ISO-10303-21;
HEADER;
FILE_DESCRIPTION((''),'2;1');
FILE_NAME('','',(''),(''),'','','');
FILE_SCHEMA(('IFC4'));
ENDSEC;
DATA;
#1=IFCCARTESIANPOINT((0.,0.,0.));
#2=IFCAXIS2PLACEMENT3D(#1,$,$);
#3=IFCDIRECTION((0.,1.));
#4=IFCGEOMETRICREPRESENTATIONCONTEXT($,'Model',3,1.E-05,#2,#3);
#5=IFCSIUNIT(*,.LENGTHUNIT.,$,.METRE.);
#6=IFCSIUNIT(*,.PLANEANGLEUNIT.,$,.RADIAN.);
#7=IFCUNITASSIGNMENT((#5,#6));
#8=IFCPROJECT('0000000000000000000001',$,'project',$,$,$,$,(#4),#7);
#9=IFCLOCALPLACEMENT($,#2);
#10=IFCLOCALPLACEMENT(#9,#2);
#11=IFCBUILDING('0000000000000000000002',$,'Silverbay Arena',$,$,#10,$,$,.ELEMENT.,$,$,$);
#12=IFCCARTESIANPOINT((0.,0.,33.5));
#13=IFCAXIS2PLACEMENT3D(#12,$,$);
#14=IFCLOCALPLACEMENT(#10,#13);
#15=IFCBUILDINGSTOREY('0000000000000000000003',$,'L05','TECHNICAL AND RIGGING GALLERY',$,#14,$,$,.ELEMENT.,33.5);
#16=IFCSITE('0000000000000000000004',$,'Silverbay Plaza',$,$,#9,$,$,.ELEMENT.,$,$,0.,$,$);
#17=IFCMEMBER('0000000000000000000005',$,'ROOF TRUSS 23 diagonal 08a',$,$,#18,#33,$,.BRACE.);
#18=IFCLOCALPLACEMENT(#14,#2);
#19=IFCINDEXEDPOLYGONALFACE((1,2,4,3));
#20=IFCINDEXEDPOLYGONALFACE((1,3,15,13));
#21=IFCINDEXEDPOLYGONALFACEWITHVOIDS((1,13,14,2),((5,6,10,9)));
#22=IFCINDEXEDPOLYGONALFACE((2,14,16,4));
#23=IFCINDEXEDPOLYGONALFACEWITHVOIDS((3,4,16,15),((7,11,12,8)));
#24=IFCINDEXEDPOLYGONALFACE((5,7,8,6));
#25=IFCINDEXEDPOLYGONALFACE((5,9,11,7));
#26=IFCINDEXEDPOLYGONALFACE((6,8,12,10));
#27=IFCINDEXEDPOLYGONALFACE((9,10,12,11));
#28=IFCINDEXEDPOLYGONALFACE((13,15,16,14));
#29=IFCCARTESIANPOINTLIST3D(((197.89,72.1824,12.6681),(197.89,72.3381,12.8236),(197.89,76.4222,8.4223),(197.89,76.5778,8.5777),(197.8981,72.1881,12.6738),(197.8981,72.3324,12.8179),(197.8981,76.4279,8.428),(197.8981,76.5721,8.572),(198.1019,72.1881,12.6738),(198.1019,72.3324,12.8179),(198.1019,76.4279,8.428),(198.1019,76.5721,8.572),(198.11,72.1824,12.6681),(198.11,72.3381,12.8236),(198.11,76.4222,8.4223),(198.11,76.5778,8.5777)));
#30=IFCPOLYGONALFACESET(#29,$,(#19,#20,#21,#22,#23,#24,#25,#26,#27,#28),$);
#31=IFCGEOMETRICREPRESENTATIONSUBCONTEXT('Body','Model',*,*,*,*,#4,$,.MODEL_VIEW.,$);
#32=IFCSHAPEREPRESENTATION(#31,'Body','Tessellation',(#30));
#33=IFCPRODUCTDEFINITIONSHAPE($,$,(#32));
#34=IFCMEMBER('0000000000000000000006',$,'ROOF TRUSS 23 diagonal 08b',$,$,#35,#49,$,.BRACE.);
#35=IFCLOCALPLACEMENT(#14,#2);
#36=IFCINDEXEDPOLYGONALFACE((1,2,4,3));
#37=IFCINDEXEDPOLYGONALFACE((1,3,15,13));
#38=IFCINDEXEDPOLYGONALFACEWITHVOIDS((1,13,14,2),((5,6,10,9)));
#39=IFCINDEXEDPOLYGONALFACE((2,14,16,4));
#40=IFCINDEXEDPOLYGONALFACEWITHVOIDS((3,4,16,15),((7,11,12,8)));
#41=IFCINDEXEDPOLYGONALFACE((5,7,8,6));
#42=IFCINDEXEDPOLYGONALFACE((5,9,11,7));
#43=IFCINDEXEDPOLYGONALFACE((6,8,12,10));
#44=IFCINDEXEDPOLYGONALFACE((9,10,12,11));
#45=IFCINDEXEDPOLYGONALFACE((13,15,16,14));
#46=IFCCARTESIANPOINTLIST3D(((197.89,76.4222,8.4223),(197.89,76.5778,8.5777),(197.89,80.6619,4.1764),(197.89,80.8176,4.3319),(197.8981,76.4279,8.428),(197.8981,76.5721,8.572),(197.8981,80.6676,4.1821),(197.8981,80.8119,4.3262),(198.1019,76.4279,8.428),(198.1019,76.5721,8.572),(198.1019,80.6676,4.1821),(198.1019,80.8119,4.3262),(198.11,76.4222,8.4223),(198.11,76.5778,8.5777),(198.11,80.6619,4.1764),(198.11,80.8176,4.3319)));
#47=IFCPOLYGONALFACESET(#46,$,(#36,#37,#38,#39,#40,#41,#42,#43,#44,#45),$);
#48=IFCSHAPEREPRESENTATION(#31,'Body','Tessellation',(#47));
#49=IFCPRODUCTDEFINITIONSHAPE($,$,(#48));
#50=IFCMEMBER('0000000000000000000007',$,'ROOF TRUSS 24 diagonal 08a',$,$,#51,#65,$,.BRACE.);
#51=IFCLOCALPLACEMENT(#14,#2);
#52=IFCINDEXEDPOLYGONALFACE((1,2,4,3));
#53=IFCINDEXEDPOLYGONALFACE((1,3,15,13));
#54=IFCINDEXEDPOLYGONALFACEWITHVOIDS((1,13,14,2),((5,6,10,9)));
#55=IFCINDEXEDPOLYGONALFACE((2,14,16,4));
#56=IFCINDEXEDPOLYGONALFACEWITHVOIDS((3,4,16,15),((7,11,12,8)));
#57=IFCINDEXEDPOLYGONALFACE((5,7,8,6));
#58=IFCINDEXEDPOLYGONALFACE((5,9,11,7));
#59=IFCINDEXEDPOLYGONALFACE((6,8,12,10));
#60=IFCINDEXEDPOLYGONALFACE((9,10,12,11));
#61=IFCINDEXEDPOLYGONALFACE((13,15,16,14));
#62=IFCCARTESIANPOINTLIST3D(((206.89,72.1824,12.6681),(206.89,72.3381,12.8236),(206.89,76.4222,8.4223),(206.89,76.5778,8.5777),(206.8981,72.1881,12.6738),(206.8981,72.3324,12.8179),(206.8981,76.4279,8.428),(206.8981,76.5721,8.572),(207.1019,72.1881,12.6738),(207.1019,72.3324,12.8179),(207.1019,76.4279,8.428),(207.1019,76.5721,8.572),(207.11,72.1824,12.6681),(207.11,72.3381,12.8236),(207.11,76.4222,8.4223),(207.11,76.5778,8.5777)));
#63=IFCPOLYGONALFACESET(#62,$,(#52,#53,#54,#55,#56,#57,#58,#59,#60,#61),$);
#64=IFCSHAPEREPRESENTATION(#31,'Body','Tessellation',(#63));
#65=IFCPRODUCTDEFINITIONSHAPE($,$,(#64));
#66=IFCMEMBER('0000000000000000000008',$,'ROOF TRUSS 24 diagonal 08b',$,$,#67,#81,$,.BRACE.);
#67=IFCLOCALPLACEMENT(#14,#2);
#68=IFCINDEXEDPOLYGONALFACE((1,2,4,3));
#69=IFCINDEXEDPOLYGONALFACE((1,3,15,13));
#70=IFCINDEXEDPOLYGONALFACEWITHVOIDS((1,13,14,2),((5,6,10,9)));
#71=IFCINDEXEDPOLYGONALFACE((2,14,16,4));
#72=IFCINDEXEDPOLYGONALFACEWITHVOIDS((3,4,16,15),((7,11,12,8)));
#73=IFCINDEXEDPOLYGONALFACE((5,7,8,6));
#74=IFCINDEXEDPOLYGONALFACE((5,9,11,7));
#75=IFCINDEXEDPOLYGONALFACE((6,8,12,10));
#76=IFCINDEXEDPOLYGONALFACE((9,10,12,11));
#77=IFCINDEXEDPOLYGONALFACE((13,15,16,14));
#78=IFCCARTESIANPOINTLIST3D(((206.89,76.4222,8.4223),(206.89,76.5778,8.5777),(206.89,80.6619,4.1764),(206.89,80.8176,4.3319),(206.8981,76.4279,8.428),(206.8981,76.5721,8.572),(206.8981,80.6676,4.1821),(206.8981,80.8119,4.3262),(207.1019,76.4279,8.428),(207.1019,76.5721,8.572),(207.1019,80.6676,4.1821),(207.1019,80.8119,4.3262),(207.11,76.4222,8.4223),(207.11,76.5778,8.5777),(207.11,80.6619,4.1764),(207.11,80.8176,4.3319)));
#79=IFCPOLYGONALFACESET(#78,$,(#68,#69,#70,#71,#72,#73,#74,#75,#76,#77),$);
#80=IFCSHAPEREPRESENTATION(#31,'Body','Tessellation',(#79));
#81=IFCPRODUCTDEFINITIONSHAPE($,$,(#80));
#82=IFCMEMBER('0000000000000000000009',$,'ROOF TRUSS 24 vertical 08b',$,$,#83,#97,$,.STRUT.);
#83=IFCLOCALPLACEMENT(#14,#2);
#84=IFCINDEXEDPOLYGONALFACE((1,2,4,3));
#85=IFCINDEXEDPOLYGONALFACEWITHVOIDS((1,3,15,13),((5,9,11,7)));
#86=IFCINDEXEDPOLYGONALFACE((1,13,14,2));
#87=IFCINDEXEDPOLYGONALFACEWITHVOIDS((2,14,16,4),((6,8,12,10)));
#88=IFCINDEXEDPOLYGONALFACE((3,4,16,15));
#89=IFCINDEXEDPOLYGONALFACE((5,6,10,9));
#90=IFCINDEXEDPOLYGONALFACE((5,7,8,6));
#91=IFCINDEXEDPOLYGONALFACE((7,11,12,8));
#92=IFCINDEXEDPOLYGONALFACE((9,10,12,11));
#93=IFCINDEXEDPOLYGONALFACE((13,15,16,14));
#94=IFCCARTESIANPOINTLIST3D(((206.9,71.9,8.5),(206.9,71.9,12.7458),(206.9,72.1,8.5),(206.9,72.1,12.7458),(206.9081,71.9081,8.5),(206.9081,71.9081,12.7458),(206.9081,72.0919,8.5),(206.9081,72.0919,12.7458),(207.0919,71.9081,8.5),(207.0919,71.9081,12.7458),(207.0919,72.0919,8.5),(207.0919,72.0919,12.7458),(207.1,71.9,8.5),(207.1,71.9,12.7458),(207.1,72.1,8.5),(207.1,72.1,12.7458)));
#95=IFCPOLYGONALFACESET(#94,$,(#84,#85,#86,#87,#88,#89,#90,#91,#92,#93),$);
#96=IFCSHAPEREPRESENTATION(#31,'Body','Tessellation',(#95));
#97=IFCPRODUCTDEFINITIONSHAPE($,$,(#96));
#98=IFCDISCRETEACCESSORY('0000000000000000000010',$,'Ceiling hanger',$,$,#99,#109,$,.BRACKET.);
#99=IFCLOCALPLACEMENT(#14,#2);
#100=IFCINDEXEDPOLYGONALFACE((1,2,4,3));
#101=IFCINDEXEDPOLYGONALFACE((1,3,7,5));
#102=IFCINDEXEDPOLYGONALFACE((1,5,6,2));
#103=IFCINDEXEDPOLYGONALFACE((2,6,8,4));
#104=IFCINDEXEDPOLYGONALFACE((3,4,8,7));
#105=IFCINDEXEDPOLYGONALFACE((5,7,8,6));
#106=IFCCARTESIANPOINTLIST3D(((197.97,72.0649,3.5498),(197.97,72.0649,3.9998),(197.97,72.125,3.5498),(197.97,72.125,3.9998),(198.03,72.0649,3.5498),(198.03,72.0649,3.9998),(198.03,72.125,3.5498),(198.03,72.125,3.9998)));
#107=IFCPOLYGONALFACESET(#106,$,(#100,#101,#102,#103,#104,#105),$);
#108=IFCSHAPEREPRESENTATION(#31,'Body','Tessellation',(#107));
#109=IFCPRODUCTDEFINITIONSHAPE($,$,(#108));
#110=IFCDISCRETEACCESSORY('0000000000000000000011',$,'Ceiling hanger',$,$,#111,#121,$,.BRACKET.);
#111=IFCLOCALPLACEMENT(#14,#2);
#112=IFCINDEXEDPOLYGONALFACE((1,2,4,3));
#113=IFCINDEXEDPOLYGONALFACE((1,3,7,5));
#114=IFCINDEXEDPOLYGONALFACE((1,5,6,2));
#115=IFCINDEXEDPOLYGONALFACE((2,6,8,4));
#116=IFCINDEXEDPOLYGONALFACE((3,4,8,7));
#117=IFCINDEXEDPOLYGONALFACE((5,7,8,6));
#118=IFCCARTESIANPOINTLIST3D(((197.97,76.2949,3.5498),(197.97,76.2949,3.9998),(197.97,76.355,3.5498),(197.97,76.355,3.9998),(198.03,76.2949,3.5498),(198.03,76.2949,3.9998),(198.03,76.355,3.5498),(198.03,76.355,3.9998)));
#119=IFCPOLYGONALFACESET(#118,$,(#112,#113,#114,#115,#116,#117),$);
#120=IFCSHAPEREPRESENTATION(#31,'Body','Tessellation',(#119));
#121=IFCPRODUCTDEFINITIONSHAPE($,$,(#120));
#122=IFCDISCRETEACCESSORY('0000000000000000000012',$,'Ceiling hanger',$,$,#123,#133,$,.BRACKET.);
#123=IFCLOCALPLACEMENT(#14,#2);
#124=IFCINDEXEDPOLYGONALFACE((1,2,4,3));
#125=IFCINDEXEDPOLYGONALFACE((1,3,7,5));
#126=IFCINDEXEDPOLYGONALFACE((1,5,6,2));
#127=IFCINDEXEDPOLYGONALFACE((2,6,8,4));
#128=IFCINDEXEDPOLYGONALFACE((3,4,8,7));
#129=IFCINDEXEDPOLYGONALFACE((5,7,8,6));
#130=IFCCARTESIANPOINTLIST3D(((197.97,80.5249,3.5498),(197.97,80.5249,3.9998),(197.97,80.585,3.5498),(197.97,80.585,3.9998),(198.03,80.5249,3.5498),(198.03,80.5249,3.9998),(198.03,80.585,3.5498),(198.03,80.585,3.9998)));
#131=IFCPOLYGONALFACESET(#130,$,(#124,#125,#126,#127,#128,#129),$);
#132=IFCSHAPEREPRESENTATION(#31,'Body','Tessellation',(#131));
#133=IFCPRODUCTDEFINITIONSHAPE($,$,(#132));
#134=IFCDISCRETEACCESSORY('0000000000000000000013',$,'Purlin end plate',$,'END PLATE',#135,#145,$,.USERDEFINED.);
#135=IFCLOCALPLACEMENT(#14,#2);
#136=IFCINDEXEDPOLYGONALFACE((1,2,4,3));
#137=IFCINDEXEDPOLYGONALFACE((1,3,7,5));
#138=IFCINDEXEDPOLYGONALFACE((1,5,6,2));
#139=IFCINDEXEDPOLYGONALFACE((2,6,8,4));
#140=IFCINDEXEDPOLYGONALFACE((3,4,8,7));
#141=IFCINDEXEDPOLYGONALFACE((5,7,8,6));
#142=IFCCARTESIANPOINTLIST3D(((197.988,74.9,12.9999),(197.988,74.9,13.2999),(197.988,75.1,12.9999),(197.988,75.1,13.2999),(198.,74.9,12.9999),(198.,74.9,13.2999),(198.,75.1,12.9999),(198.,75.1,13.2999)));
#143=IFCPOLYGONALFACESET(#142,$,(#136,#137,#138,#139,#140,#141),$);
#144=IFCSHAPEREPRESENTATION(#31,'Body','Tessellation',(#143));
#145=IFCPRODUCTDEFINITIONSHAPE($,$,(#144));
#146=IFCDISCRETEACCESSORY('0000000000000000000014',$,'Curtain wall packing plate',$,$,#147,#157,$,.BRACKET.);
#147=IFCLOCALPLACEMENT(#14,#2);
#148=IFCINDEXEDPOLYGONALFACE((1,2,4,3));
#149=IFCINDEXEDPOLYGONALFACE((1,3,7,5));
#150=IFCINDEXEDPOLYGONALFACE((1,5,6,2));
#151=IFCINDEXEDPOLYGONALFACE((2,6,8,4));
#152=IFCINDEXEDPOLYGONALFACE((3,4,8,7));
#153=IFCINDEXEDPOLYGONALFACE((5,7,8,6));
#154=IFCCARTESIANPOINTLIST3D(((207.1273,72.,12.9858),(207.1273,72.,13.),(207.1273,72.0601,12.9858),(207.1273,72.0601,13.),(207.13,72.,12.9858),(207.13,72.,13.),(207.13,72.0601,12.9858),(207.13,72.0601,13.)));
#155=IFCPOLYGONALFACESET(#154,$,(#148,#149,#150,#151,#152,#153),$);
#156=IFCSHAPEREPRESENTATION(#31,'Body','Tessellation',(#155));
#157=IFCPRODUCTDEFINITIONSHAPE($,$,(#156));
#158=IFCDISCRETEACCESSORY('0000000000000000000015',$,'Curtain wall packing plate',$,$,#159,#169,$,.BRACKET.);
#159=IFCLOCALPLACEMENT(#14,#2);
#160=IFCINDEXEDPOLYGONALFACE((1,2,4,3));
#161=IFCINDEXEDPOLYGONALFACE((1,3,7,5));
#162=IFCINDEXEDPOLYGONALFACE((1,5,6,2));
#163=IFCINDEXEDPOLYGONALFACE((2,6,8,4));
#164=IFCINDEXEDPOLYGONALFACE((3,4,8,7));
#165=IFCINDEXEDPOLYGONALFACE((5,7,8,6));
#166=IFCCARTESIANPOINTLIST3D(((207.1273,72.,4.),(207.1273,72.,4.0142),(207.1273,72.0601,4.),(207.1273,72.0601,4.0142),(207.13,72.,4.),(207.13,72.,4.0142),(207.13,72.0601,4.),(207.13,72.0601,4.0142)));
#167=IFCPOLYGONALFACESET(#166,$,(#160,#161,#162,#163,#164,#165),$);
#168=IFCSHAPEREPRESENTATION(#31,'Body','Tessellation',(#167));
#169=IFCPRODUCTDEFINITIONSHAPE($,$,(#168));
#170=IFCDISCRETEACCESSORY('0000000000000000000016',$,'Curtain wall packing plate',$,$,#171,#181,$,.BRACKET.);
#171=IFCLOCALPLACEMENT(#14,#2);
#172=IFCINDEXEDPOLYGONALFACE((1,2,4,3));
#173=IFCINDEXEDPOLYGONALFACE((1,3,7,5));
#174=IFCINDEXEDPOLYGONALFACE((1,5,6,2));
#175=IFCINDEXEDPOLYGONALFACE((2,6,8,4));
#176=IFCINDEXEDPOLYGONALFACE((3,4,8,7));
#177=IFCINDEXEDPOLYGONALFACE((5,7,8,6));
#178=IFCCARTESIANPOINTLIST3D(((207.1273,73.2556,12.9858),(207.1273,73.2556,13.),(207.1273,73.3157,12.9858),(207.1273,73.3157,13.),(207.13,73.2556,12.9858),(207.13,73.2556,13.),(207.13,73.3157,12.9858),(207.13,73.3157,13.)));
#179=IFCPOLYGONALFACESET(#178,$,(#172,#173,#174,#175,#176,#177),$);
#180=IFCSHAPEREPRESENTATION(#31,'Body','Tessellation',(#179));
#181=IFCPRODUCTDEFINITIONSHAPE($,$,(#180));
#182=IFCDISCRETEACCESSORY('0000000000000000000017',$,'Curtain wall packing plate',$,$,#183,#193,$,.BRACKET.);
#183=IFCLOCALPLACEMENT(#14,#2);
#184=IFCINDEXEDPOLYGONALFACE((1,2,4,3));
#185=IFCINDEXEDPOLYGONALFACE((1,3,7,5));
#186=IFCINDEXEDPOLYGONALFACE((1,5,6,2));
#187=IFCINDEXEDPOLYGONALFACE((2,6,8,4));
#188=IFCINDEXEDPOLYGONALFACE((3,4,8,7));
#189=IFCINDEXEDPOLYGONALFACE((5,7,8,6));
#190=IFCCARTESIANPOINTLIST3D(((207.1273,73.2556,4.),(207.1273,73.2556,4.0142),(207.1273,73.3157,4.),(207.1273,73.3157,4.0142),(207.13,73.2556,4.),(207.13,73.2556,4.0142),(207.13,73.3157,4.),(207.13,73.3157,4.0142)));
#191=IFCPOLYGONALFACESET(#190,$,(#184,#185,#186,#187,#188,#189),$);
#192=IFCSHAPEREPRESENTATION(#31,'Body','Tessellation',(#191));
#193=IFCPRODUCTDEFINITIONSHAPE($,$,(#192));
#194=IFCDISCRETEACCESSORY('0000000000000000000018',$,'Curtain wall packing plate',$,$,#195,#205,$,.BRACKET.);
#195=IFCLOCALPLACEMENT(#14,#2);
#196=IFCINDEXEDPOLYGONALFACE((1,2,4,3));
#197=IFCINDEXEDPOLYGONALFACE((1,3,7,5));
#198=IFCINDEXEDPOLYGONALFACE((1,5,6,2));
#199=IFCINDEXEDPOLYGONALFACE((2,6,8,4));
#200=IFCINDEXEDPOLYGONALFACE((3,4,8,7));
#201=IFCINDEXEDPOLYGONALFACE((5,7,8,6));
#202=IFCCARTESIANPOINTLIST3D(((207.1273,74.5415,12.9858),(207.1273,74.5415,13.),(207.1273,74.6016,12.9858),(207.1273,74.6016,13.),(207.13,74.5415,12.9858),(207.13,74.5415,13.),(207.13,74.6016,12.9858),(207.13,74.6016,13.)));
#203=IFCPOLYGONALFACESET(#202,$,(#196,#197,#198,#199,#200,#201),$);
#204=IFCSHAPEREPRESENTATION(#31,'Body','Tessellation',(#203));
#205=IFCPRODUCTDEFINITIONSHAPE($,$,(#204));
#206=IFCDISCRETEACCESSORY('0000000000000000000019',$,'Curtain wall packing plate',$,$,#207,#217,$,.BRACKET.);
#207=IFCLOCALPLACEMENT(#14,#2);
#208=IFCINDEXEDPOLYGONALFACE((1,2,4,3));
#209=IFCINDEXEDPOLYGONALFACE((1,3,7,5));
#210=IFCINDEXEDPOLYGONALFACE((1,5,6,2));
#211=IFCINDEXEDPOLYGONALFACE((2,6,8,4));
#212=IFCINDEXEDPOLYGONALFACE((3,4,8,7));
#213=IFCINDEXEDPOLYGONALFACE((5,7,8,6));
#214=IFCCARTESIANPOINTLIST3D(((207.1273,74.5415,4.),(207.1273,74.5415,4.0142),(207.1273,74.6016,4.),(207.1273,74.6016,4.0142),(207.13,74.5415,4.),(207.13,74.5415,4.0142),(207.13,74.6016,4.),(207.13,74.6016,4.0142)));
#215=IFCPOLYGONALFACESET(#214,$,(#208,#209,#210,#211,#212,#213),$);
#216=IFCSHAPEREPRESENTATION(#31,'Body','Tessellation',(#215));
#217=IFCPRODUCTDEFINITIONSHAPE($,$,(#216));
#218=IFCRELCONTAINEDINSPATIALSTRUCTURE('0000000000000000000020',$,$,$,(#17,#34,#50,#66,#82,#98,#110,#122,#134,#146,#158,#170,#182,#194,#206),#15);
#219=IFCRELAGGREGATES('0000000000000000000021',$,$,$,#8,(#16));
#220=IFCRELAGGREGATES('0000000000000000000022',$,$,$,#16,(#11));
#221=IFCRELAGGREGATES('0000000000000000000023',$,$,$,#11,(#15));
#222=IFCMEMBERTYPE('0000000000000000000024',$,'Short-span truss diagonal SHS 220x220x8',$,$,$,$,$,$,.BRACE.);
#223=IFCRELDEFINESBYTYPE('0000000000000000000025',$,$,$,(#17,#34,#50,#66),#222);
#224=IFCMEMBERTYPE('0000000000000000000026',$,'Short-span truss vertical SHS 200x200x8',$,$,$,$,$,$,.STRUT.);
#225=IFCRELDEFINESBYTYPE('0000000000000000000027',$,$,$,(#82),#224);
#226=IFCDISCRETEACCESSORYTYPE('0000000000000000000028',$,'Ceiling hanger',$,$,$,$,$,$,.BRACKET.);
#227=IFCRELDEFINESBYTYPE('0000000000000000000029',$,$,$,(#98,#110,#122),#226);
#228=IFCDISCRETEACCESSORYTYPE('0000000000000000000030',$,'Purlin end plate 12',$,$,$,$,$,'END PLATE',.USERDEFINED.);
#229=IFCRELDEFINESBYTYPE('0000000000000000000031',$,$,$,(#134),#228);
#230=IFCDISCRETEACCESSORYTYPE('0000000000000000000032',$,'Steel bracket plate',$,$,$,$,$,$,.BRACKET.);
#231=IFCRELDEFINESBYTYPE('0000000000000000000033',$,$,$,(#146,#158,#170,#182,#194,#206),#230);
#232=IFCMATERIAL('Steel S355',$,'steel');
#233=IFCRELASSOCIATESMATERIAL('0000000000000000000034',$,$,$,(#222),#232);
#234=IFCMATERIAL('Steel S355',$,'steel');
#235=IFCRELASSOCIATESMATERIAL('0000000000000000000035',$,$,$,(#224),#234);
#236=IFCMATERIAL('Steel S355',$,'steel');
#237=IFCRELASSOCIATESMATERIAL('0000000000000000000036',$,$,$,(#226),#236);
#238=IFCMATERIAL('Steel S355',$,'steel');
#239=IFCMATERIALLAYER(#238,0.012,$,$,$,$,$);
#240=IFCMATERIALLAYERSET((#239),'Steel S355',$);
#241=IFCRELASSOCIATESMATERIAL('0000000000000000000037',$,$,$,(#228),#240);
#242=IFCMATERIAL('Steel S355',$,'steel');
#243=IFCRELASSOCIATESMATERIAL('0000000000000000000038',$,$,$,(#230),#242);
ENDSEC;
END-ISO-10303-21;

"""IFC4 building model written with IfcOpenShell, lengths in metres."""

from ifc_helpers import new_model, si_unit, direction, frame, origin, origin_2d, place, context, subcontext, project, spatial, rectangle, hollow_rectangle, extrude, material, layer, layer_set, material_profile, profile_set, type_object, element, save


model = new_model("IFC4")

# Units and contexts
model_context = context("Model", 3, precision=1e-05, world=origin(), true_north=direction((0.0, 1.0)))
body_context = subcontext(model_context, "Body", "Model", "MODEL_VIEW")
ifc_project = project(units=[si_unit("LENGTHUNIT", "METRE"), si_unit("PLANEANGLEUNIT", "RADIAN")], contexts=[model_context])

# Site, building, storey
site_placement = place(None, origin())
site = spatial("IfcSite", under=ifc_project, at=site_placement, Name="Silverbay Plaza", CompositionType="ELEMENT", RefElevation=0.0)
building_placement = place(site_placement, origin())
building = spatial("IfcBuilding", under=site, at=building_placement, Name="Silverbay Arena", CompositionType="ELEMENT")
storey_placement = place(building_placement, frame((0.0, 0.0, 33.5)))
storey = spatial("IfcBuildingStorey", under=building, at=storey_placement, Name="L05", Description="TECHNICAL AND RIGGING GALLERY", CompositionType="ELEMENT", Elevation=33.5)

# Members
ifc_material_1 = material(Name="Steel S355", Category="steel")
ifc_material_profile_1 = material_profile(ifc_material_1, hollow_rectangle(XDim=0.22, YDim=0.22, WallThickness=0.0081, at=origin_2d()), Name="SHS 220x220x8")
ifc_profile_set_1 = profile_set([ifc_material_profile_1], Name="Steel S355")
member_type_1 = type_object("IfcMemberType", Name="Short-span truss diagonal SHS 220x220x8", PredefinedType="BRACE", material=ifc_profile_set_1)
for number, where, z_axis, x_axis, name in (
    (1, (198.0, 72.2603, 12.7458), (0.0, 0.706598, -0.707615), (-1.0, 0.0, 0.0), "ROOF TRUSS 23 diagonal 08a"),
    (2, (198.0, 76.5, 8.5), (0.0, 0.706598, -0.707615), (-1.0, 0.0, 0.0), "ROOF TRUSS 23 diagonal 08b"),
    (3, (207.0, 72.2603, 12.7458), (0.0, 0.706598, -0.707615), (-1.0, 0.0, 0.0), "ROOF TRUSS 24 diagonal 08a"),
    (4, (207.0, 76.5, 8.5), (0.0, 0.706598, -0.707615), (-1.0, 0.0, 0.0), "ROOF TRUSS 24 diagonal 08b"),
):
    element("IfcMember", number, at=place(storey_placement, frame(where, z_axis=z_axis, x_axis=x_axis)), inside=storey, type_object=member_type_1, Name=name, PredefinedType="BRACE", context=body_context, shape_type="SweptSolid", body=[
        extrude(hollow_rectangle(XDim=0.22, YDim=0.22, WallThickness=0.0081, at=origin_2d()), origin(), (0.0, 0.0, 1.0), 6.0002),
    ])
ifc_material_2 = material(Name="Steel S355", Category="steel")
ifc_material_profile_2 = material_profile(ifc_material_2, hollow_rectangle(XDim=0.2, YDim=0.2, WallThickness=0.0081, at=origin_2d()), Name="SHS 200x200x8")
ifc_profile_set_2 = profile_set([ifc_material_profile_2], Name="Steel S355")
member_type_2 = type_object("IfcMemberType", Name="Short-span truss vertical SHS 200x200x8", PredefinedType="STRUT", material=ifc_profile_set_2)
member_placement = place(storey_placement, frame((207.0, 72.0, 8.5), z_axis=(0.0, 0.0, 1.0), x_axis=(1.0, 0.0, 0.0)))
element("IfcMember", 5, at=member_placement, inside=storey, type_object=member_type_2, Name="ROOF TRUSS 24 vertical 08b", PredefinedType="STRUT", context=body_context, shape_type="SweptSolid", body=[
    extrude(hollow_rectangle(XDim=0.2, YDim=0.2, WallThickness=0.0081, at=origin_2d()), origin(), (0.0, 0.0, 1.0), 4.2458),
])

# Discrete accessories
ifc_material_3 = material(Name="Steel S355", Category="steel")
discrete_accessory_type_1 = type_object("IfcDiscreteAccessoryType", Name="Ceiling hanger", PredefinedType="BRACKET", material=ifc_material_3)
for number, where, z_axis, x_axis, name in (
    (6, (198.0, 72.095, 3.5498), (0.0, 0.0, 1.0), (1.0, 0.0, 0.0), "Ceiling hanger"),
    (7, (198.0, 76.325, 3.5498), (0.0, 0.0, 1.0), (1.0, 0.0, 0.0), "Ceiling hanger"),
    (8, (198.0, 80.5549, 3.5498), (0.0, 0.0, 1.0), (1.0, 0.0, 0.0), "Ceiling hanger"),
):
    element("IfcDiscreteAccessory", number, at=place(storey_placement, frame(where, z_axis=z_axis, x_axis=x_axis)), inside=storey, type_object=discrete_accessory_type_1, Name=name, PredefinedType="BRACKET", context=body_context, shape_type="SweptSolid", body=[
        extrude(rectangle(XDim=0.0601, YDim=0.0601, at=origin_2d()), origin(), (0.0, 0.0, 1.0), 0.45),
    ])
ifc_material_4 = material(Name="Steel S355", Category="steel")
ifc_layer = layer(ifc_material_4, 0.012)
ifc_layer_set = layer_set([ifc_layer], Name="Steel S355")
discrete_accessory_type_2 = type_object("IfcDiscreteAccessoryType", Name="Purlin end plate 12", ElementType="END PLATE", PredefinedType="USERDEFINED", material=ifc_layer_set)
discrete_accessory_placement = place(storey_placement, frame((198.0, 75.0, 13.1499), z_axis=(-1.0, 0.0, 0.0), x_axis=(0.0, -1.0, 0.0)))
element("IfcDiscreteAccessory", 9, at=discrete_accessory_placement, inside=storey, type_object=discrete_accessory_type_2, Name="Purlin end plate", ObjectType="END PLATE", PredefinedType="USERDEFINED", context=body_context, shape_type="SweptSolid", body=[
    extrude(rectangle(XDim=0.2, YDim=0.3, at=origin_2d()), origin(), (0.0, 0.0, 1.0), 0.012),
])
ifc_material_5 = material(Name="Steel S355", Category="steel")
discrete_accessory_type_3 = type_object("IfcDiscreteAccessoryType", Name="Steel bracket plate", PredefinedType="BRACKET", material=ifc_material_5)
for number, where, z_axis, x_axis, name in (
    (10, (207.1287, 72.03, 12.9858), (0.0, 0.0, 1.0), (1.0, 0.0, 0.0), "Curtain wall packing plate"),
    (11, (207.1287, 72.03, 4.0), (0.0, 0.0, 1.0), (1.0, 0.0, 0.0), "Curtain wall packing plate"),
    (12, (207.1287, 73.2856, 12.9858), (0.0, 0.0, 1.0), (1.0, 0.0, 0.0), "Curtain wall packing plate"),
    (13, (207.1287, 73.2856, 4.0), (0.0, 0.0, 1.0), (1.0, 0.0, 0.0), "Curtain wall packing plate"),
    (14, (207.1287, 74.5715, 12.9858), (0.0, 0.0, 1.0), (1.0, 0.0, 0.0), "Curtain wall packing plate"),
    (15, (207.1287, 74.5715, 4.0), (0.0, 0.0, 1.0), (1.0, 0.0, 0.0), "Curtain wall packing plate"),
):
    element("IfcDiscreteAccessory", number, at=place(storey_placement, frame(where, z_axis=z_axis, x_axis=x_axis)), inside=storey, type_object=discrete_accessory_type_3, Name=name, PredefinedType="BRACKET", context=body_context, shape_type="SweptSolid", body=[
        extrude(rectangle(XDim=0.0027, YDim=0.0601, at=origin_2d()), origin(), (0.0, 0.0, 1.0), 0.0142),
    ])

save(model, "model.ifc")
